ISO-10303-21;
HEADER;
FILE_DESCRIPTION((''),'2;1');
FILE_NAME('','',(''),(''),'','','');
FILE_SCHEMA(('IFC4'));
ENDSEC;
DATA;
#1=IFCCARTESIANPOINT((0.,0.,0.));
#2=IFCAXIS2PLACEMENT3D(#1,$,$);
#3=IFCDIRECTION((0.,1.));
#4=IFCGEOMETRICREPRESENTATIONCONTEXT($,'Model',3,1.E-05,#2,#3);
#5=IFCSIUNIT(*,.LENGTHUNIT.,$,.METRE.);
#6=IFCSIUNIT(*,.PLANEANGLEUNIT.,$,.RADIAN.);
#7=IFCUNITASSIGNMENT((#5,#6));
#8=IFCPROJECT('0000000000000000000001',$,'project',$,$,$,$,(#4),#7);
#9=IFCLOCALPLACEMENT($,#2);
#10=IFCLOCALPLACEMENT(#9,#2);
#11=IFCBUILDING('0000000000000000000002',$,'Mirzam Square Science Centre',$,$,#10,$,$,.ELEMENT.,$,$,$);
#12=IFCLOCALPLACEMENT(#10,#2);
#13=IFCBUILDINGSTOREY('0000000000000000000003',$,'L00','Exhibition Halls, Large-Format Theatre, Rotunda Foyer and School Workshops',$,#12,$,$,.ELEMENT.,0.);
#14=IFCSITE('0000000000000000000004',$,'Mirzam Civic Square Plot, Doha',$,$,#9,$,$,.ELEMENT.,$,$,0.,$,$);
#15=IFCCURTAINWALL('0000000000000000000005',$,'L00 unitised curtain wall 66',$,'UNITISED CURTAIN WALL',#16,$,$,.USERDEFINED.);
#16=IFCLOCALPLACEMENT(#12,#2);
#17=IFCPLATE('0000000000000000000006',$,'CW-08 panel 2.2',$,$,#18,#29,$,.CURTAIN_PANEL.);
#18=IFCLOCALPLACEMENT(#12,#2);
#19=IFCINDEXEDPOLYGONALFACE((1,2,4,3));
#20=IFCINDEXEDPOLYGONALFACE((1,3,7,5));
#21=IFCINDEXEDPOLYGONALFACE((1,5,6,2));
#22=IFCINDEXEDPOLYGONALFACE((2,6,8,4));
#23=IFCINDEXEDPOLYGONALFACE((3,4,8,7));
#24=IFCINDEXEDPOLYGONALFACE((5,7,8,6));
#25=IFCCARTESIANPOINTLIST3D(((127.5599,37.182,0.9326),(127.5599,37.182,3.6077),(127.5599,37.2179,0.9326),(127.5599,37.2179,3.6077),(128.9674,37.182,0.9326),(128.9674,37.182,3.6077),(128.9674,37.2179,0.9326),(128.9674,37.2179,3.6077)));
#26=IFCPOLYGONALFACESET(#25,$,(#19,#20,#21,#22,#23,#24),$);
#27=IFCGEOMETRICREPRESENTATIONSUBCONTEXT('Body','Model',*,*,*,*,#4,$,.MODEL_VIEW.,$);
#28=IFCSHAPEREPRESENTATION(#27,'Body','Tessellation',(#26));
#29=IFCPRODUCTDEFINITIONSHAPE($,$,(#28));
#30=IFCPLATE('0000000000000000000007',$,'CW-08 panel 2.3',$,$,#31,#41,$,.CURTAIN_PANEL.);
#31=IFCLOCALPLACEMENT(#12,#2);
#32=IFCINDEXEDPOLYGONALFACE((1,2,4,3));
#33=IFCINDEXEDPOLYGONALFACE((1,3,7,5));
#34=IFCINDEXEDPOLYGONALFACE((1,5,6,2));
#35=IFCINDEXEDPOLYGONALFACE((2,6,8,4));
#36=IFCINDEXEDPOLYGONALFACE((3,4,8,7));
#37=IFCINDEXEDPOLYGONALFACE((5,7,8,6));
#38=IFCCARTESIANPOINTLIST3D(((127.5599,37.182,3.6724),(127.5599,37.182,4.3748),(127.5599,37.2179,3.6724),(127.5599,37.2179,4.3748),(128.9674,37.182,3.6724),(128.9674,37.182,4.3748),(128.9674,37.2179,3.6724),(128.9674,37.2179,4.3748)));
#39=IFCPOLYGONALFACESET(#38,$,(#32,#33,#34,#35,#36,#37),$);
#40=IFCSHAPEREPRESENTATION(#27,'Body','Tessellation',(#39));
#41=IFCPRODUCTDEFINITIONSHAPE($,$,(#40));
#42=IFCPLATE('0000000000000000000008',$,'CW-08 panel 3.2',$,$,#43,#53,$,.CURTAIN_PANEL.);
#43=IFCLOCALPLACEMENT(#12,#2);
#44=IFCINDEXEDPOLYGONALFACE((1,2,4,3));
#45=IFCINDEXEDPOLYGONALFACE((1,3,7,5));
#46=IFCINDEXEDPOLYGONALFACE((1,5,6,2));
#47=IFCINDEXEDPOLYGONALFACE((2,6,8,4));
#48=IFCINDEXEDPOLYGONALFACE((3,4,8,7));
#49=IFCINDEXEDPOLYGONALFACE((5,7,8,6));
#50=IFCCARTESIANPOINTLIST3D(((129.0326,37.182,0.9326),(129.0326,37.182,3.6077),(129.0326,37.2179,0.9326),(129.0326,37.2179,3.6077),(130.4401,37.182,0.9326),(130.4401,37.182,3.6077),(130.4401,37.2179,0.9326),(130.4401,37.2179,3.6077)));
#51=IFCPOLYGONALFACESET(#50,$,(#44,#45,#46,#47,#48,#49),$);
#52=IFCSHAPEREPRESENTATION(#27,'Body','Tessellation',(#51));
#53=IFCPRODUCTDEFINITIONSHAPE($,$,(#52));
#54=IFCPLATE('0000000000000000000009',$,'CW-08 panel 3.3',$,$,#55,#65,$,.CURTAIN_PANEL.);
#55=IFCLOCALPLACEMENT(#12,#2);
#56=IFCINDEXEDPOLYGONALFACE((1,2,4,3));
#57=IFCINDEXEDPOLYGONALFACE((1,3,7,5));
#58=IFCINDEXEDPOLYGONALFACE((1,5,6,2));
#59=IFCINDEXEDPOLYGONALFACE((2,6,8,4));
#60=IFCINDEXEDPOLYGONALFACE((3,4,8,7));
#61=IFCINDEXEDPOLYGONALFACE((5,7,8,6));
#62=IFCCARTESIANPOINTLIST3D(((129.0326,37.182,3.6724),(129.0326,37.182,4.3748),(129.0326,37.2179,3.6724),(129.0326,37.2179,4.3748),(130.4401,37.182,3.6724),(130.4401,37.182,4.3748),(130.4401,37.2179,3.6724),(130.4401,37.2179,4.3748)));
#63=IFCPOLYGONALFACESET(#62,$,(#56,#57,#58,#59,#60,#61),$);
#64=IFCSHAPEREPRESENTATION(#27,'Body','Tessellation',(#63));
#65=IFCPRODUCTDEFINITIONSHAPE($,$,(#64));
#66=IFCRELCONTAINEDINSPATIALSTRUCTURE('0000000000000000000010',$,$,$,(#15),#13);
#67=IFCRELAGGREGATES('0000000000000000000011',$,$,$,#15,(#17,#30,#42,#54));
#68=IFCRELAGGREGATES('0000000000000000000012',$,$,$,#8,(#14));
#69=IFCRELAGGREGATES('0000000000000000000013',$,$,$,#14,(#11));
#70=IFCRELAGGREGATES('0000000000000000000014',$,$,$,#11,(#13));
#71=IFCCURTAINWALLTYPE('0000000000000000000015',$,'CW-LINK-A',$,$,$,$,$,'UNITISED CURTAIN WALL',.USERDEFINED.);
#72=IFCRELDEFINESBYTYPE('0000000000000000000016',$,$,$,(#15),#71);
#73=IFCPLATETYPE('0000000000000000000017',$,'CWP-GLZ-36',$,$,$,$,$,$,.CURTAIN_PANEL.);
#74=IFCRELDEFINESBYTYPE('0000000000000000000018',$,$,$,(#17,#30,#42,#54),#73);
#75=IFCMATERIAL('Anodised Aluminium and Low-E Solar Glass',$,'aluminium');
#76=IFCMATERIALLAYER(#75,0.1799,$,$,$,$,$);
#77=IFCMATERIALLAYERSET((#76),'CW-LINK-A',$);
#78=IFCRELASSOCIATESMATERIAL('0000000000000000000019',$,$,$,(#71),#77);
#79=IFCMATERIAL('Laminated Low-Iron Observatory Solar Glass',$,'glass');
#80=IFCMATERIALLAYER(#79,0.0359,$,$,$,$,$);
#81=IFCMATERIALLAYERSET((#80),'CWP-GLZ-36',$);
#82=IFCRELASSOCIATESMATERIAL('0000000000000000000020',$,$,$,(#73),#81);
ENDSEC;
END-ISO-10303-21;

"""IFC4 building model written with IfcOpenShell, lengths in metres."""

from ifc_helpers import new_model, si_unit, direction, frame, origin, origin_2d, place, context, subcontext, project, spatial, rectangle, extrude, material, layer, layer_set, type_object, element, aggregate, save


model = new_model("IFC4")

# Units and contexts
model_context = context("Model", 3, precision=1e-05, world=origin(), true_north=direction((0.0, 1.0)))
body_context = subcontext(model_context, "Body", "Model", "MODEL_VIEW")
ifc_project = project(units=[si_unit("LENGTHUNIT", "METRE"), si_unit("PLANEANGLEUNIT", "RADIAN")], contexts=[model_context])

# Site, building, storey
site_placement = place(None, origin())
site = spatial("IfcSite", under=ifc_project, at=site_placement, Name="Mirzam Civic Square Plot, Doha", CompositionType="ELEMENT", RefElevation=0.0)
building_placement = place(site_placement, origin())
building = spatial("IfcBuilding", under=site, at=building_placement, Name="Mirzam Square Science Centre", CompositionType="ELEMENT")
storey_placement = place(building_placement, origin())
storey = spatial("IfcBuildingStorey", under=building, at=storey_placement, Name="L00", Description="Exhibition Halls, Large-Format Theatre, Rotunda Foyer and School Workshops", CompositionType="ELEMENT", Elevation=0.0)

# Curtain wall
ifc_material_1 = material(Name="Anodised Aluminium and Low-E Solar Glass", Category="aluminium")
ifc_layer_1 = layer(ifc_material_1, 0.1799)
ifc_layer_set_1 = layer_set([ifc_layer_1], Name="CW-LINK-A")
curtain_wall_type_1 = type_object("IfcCurtainWallType", Name="CW-LINK-A", ElementType="UNITISED CURTAIN WALL", PredefinedType="USERDEFINED", material=ifc_layer_set_1)
curtain_wall_1_placement = place(storey_placement, origin())
curtain_wall_1 = element("IfcCurtainWall", 1, at=curtain_wall_1_placement, inside=storey, type_object=curtain_wall_type_1, Name="L00 unitised curtain wall 66", ObjectType="UNITISED CURTAIN WALL", PredefinedType="USERDEFINED")

# Plates
ifc_material_2 = material(Name="Laminated Low-Iron Observatory Solar Glass", Category="glass")
ifc_layer_2 = layer(ifc_material_2, 0.0359)
ifc_layer_set_2 = layer_set([ifc_layer_2], Name="CWP-GLZ-36")
plate_type_1 = type_object("IfcPlateType", Name="CWP-GLZ-36", PredefinedType="CURTAIN_PANEL", material=ifc_layer_set_2)
plate_1_placement = place(storey_placement, frame((128.2637, 37.2, 0.9326), z_axis=(0.0, 0.0, 1.0), x_axis=(1.0, 0.0, 0.0)))
plate_1 = element("IfcPlate", 2, at=plate_1_placement, type_object=plate_type_1, Name="CW-08 panel 2.2", PredefinedType="CURTAIN_PANEL", context=body_context, shape_type="SweptSolid", body=[
    extrude(rectangle(XDim=1.4075, YDim=0.0359, at=origin_2d()), origin(), (0.0, 0.0, 1.0), 2.675),
])
plate_2_placement = place(storey_placement, frame((128.2637, 37.2, 3.6724), z_axis=(0.0, 0.0, 1.0), x_axis=(1.0, 0.0, 0.0)))
plate_2 = element("IfcPlate", 3, at=plate_2_placement, type_object=plate_type_1, Name="CW-08 panel 2.3", PredefinedType="CURTAIN_PANEL", context=body_context, shape_type="SweptSolid", body=[
    extrude(rectangle(XDim=1.4075, YDim=0.0359, at=origin_2d()), origin(), (0.0, 0.0, 1.0), 0.7024),
])
plate_3_placement = place(storey_placement, frame((129.7363, 37.2, 0.9326), z_axis=(0.0, 0.0, 1.0), x_axis=(1.0, 0.0, 0.0)))
plate_3 = element("IfcPlate", 4, at=plate_3_placement, type_object=plate_type_1, Name="CW-08 panel 3.2", PredefinedType="CURTAIN_PANEL", context=body_context, shape_type="SweptSolid", body=[
    extrude(rectangle(XDim=1.4075, YDim=0.0359, at=origin_2d()), origin(), (0.0, 0.0, 1.0), 2.675),
])
plate_4_placement = place(storey_placement, frame((129.7363, 37.2, 3.6724), z_axis=(0.0, 0.0, 1.0), x_axis=(1.0, 0.0, 0.0)))
plate_4 = element("IfcPlate", 5, at=plate_4_placement, type_object=plate_type_1, Name="CW-08 panel 3.3", PredefinedType="CURTAIN_PANEL", context=body_context, shape_type="SweptSolid", body=[
    extrude(rectangle(XDim=1.4075, YDim=0.0359, at=origin_2d()), origin(), (0.0, 0.0, 1.0), 0.7024),
])
aggregate(curtain_wall_1, [plate_1, plate_2, plate_3, plate_4])

save(model, "model.ifc")
